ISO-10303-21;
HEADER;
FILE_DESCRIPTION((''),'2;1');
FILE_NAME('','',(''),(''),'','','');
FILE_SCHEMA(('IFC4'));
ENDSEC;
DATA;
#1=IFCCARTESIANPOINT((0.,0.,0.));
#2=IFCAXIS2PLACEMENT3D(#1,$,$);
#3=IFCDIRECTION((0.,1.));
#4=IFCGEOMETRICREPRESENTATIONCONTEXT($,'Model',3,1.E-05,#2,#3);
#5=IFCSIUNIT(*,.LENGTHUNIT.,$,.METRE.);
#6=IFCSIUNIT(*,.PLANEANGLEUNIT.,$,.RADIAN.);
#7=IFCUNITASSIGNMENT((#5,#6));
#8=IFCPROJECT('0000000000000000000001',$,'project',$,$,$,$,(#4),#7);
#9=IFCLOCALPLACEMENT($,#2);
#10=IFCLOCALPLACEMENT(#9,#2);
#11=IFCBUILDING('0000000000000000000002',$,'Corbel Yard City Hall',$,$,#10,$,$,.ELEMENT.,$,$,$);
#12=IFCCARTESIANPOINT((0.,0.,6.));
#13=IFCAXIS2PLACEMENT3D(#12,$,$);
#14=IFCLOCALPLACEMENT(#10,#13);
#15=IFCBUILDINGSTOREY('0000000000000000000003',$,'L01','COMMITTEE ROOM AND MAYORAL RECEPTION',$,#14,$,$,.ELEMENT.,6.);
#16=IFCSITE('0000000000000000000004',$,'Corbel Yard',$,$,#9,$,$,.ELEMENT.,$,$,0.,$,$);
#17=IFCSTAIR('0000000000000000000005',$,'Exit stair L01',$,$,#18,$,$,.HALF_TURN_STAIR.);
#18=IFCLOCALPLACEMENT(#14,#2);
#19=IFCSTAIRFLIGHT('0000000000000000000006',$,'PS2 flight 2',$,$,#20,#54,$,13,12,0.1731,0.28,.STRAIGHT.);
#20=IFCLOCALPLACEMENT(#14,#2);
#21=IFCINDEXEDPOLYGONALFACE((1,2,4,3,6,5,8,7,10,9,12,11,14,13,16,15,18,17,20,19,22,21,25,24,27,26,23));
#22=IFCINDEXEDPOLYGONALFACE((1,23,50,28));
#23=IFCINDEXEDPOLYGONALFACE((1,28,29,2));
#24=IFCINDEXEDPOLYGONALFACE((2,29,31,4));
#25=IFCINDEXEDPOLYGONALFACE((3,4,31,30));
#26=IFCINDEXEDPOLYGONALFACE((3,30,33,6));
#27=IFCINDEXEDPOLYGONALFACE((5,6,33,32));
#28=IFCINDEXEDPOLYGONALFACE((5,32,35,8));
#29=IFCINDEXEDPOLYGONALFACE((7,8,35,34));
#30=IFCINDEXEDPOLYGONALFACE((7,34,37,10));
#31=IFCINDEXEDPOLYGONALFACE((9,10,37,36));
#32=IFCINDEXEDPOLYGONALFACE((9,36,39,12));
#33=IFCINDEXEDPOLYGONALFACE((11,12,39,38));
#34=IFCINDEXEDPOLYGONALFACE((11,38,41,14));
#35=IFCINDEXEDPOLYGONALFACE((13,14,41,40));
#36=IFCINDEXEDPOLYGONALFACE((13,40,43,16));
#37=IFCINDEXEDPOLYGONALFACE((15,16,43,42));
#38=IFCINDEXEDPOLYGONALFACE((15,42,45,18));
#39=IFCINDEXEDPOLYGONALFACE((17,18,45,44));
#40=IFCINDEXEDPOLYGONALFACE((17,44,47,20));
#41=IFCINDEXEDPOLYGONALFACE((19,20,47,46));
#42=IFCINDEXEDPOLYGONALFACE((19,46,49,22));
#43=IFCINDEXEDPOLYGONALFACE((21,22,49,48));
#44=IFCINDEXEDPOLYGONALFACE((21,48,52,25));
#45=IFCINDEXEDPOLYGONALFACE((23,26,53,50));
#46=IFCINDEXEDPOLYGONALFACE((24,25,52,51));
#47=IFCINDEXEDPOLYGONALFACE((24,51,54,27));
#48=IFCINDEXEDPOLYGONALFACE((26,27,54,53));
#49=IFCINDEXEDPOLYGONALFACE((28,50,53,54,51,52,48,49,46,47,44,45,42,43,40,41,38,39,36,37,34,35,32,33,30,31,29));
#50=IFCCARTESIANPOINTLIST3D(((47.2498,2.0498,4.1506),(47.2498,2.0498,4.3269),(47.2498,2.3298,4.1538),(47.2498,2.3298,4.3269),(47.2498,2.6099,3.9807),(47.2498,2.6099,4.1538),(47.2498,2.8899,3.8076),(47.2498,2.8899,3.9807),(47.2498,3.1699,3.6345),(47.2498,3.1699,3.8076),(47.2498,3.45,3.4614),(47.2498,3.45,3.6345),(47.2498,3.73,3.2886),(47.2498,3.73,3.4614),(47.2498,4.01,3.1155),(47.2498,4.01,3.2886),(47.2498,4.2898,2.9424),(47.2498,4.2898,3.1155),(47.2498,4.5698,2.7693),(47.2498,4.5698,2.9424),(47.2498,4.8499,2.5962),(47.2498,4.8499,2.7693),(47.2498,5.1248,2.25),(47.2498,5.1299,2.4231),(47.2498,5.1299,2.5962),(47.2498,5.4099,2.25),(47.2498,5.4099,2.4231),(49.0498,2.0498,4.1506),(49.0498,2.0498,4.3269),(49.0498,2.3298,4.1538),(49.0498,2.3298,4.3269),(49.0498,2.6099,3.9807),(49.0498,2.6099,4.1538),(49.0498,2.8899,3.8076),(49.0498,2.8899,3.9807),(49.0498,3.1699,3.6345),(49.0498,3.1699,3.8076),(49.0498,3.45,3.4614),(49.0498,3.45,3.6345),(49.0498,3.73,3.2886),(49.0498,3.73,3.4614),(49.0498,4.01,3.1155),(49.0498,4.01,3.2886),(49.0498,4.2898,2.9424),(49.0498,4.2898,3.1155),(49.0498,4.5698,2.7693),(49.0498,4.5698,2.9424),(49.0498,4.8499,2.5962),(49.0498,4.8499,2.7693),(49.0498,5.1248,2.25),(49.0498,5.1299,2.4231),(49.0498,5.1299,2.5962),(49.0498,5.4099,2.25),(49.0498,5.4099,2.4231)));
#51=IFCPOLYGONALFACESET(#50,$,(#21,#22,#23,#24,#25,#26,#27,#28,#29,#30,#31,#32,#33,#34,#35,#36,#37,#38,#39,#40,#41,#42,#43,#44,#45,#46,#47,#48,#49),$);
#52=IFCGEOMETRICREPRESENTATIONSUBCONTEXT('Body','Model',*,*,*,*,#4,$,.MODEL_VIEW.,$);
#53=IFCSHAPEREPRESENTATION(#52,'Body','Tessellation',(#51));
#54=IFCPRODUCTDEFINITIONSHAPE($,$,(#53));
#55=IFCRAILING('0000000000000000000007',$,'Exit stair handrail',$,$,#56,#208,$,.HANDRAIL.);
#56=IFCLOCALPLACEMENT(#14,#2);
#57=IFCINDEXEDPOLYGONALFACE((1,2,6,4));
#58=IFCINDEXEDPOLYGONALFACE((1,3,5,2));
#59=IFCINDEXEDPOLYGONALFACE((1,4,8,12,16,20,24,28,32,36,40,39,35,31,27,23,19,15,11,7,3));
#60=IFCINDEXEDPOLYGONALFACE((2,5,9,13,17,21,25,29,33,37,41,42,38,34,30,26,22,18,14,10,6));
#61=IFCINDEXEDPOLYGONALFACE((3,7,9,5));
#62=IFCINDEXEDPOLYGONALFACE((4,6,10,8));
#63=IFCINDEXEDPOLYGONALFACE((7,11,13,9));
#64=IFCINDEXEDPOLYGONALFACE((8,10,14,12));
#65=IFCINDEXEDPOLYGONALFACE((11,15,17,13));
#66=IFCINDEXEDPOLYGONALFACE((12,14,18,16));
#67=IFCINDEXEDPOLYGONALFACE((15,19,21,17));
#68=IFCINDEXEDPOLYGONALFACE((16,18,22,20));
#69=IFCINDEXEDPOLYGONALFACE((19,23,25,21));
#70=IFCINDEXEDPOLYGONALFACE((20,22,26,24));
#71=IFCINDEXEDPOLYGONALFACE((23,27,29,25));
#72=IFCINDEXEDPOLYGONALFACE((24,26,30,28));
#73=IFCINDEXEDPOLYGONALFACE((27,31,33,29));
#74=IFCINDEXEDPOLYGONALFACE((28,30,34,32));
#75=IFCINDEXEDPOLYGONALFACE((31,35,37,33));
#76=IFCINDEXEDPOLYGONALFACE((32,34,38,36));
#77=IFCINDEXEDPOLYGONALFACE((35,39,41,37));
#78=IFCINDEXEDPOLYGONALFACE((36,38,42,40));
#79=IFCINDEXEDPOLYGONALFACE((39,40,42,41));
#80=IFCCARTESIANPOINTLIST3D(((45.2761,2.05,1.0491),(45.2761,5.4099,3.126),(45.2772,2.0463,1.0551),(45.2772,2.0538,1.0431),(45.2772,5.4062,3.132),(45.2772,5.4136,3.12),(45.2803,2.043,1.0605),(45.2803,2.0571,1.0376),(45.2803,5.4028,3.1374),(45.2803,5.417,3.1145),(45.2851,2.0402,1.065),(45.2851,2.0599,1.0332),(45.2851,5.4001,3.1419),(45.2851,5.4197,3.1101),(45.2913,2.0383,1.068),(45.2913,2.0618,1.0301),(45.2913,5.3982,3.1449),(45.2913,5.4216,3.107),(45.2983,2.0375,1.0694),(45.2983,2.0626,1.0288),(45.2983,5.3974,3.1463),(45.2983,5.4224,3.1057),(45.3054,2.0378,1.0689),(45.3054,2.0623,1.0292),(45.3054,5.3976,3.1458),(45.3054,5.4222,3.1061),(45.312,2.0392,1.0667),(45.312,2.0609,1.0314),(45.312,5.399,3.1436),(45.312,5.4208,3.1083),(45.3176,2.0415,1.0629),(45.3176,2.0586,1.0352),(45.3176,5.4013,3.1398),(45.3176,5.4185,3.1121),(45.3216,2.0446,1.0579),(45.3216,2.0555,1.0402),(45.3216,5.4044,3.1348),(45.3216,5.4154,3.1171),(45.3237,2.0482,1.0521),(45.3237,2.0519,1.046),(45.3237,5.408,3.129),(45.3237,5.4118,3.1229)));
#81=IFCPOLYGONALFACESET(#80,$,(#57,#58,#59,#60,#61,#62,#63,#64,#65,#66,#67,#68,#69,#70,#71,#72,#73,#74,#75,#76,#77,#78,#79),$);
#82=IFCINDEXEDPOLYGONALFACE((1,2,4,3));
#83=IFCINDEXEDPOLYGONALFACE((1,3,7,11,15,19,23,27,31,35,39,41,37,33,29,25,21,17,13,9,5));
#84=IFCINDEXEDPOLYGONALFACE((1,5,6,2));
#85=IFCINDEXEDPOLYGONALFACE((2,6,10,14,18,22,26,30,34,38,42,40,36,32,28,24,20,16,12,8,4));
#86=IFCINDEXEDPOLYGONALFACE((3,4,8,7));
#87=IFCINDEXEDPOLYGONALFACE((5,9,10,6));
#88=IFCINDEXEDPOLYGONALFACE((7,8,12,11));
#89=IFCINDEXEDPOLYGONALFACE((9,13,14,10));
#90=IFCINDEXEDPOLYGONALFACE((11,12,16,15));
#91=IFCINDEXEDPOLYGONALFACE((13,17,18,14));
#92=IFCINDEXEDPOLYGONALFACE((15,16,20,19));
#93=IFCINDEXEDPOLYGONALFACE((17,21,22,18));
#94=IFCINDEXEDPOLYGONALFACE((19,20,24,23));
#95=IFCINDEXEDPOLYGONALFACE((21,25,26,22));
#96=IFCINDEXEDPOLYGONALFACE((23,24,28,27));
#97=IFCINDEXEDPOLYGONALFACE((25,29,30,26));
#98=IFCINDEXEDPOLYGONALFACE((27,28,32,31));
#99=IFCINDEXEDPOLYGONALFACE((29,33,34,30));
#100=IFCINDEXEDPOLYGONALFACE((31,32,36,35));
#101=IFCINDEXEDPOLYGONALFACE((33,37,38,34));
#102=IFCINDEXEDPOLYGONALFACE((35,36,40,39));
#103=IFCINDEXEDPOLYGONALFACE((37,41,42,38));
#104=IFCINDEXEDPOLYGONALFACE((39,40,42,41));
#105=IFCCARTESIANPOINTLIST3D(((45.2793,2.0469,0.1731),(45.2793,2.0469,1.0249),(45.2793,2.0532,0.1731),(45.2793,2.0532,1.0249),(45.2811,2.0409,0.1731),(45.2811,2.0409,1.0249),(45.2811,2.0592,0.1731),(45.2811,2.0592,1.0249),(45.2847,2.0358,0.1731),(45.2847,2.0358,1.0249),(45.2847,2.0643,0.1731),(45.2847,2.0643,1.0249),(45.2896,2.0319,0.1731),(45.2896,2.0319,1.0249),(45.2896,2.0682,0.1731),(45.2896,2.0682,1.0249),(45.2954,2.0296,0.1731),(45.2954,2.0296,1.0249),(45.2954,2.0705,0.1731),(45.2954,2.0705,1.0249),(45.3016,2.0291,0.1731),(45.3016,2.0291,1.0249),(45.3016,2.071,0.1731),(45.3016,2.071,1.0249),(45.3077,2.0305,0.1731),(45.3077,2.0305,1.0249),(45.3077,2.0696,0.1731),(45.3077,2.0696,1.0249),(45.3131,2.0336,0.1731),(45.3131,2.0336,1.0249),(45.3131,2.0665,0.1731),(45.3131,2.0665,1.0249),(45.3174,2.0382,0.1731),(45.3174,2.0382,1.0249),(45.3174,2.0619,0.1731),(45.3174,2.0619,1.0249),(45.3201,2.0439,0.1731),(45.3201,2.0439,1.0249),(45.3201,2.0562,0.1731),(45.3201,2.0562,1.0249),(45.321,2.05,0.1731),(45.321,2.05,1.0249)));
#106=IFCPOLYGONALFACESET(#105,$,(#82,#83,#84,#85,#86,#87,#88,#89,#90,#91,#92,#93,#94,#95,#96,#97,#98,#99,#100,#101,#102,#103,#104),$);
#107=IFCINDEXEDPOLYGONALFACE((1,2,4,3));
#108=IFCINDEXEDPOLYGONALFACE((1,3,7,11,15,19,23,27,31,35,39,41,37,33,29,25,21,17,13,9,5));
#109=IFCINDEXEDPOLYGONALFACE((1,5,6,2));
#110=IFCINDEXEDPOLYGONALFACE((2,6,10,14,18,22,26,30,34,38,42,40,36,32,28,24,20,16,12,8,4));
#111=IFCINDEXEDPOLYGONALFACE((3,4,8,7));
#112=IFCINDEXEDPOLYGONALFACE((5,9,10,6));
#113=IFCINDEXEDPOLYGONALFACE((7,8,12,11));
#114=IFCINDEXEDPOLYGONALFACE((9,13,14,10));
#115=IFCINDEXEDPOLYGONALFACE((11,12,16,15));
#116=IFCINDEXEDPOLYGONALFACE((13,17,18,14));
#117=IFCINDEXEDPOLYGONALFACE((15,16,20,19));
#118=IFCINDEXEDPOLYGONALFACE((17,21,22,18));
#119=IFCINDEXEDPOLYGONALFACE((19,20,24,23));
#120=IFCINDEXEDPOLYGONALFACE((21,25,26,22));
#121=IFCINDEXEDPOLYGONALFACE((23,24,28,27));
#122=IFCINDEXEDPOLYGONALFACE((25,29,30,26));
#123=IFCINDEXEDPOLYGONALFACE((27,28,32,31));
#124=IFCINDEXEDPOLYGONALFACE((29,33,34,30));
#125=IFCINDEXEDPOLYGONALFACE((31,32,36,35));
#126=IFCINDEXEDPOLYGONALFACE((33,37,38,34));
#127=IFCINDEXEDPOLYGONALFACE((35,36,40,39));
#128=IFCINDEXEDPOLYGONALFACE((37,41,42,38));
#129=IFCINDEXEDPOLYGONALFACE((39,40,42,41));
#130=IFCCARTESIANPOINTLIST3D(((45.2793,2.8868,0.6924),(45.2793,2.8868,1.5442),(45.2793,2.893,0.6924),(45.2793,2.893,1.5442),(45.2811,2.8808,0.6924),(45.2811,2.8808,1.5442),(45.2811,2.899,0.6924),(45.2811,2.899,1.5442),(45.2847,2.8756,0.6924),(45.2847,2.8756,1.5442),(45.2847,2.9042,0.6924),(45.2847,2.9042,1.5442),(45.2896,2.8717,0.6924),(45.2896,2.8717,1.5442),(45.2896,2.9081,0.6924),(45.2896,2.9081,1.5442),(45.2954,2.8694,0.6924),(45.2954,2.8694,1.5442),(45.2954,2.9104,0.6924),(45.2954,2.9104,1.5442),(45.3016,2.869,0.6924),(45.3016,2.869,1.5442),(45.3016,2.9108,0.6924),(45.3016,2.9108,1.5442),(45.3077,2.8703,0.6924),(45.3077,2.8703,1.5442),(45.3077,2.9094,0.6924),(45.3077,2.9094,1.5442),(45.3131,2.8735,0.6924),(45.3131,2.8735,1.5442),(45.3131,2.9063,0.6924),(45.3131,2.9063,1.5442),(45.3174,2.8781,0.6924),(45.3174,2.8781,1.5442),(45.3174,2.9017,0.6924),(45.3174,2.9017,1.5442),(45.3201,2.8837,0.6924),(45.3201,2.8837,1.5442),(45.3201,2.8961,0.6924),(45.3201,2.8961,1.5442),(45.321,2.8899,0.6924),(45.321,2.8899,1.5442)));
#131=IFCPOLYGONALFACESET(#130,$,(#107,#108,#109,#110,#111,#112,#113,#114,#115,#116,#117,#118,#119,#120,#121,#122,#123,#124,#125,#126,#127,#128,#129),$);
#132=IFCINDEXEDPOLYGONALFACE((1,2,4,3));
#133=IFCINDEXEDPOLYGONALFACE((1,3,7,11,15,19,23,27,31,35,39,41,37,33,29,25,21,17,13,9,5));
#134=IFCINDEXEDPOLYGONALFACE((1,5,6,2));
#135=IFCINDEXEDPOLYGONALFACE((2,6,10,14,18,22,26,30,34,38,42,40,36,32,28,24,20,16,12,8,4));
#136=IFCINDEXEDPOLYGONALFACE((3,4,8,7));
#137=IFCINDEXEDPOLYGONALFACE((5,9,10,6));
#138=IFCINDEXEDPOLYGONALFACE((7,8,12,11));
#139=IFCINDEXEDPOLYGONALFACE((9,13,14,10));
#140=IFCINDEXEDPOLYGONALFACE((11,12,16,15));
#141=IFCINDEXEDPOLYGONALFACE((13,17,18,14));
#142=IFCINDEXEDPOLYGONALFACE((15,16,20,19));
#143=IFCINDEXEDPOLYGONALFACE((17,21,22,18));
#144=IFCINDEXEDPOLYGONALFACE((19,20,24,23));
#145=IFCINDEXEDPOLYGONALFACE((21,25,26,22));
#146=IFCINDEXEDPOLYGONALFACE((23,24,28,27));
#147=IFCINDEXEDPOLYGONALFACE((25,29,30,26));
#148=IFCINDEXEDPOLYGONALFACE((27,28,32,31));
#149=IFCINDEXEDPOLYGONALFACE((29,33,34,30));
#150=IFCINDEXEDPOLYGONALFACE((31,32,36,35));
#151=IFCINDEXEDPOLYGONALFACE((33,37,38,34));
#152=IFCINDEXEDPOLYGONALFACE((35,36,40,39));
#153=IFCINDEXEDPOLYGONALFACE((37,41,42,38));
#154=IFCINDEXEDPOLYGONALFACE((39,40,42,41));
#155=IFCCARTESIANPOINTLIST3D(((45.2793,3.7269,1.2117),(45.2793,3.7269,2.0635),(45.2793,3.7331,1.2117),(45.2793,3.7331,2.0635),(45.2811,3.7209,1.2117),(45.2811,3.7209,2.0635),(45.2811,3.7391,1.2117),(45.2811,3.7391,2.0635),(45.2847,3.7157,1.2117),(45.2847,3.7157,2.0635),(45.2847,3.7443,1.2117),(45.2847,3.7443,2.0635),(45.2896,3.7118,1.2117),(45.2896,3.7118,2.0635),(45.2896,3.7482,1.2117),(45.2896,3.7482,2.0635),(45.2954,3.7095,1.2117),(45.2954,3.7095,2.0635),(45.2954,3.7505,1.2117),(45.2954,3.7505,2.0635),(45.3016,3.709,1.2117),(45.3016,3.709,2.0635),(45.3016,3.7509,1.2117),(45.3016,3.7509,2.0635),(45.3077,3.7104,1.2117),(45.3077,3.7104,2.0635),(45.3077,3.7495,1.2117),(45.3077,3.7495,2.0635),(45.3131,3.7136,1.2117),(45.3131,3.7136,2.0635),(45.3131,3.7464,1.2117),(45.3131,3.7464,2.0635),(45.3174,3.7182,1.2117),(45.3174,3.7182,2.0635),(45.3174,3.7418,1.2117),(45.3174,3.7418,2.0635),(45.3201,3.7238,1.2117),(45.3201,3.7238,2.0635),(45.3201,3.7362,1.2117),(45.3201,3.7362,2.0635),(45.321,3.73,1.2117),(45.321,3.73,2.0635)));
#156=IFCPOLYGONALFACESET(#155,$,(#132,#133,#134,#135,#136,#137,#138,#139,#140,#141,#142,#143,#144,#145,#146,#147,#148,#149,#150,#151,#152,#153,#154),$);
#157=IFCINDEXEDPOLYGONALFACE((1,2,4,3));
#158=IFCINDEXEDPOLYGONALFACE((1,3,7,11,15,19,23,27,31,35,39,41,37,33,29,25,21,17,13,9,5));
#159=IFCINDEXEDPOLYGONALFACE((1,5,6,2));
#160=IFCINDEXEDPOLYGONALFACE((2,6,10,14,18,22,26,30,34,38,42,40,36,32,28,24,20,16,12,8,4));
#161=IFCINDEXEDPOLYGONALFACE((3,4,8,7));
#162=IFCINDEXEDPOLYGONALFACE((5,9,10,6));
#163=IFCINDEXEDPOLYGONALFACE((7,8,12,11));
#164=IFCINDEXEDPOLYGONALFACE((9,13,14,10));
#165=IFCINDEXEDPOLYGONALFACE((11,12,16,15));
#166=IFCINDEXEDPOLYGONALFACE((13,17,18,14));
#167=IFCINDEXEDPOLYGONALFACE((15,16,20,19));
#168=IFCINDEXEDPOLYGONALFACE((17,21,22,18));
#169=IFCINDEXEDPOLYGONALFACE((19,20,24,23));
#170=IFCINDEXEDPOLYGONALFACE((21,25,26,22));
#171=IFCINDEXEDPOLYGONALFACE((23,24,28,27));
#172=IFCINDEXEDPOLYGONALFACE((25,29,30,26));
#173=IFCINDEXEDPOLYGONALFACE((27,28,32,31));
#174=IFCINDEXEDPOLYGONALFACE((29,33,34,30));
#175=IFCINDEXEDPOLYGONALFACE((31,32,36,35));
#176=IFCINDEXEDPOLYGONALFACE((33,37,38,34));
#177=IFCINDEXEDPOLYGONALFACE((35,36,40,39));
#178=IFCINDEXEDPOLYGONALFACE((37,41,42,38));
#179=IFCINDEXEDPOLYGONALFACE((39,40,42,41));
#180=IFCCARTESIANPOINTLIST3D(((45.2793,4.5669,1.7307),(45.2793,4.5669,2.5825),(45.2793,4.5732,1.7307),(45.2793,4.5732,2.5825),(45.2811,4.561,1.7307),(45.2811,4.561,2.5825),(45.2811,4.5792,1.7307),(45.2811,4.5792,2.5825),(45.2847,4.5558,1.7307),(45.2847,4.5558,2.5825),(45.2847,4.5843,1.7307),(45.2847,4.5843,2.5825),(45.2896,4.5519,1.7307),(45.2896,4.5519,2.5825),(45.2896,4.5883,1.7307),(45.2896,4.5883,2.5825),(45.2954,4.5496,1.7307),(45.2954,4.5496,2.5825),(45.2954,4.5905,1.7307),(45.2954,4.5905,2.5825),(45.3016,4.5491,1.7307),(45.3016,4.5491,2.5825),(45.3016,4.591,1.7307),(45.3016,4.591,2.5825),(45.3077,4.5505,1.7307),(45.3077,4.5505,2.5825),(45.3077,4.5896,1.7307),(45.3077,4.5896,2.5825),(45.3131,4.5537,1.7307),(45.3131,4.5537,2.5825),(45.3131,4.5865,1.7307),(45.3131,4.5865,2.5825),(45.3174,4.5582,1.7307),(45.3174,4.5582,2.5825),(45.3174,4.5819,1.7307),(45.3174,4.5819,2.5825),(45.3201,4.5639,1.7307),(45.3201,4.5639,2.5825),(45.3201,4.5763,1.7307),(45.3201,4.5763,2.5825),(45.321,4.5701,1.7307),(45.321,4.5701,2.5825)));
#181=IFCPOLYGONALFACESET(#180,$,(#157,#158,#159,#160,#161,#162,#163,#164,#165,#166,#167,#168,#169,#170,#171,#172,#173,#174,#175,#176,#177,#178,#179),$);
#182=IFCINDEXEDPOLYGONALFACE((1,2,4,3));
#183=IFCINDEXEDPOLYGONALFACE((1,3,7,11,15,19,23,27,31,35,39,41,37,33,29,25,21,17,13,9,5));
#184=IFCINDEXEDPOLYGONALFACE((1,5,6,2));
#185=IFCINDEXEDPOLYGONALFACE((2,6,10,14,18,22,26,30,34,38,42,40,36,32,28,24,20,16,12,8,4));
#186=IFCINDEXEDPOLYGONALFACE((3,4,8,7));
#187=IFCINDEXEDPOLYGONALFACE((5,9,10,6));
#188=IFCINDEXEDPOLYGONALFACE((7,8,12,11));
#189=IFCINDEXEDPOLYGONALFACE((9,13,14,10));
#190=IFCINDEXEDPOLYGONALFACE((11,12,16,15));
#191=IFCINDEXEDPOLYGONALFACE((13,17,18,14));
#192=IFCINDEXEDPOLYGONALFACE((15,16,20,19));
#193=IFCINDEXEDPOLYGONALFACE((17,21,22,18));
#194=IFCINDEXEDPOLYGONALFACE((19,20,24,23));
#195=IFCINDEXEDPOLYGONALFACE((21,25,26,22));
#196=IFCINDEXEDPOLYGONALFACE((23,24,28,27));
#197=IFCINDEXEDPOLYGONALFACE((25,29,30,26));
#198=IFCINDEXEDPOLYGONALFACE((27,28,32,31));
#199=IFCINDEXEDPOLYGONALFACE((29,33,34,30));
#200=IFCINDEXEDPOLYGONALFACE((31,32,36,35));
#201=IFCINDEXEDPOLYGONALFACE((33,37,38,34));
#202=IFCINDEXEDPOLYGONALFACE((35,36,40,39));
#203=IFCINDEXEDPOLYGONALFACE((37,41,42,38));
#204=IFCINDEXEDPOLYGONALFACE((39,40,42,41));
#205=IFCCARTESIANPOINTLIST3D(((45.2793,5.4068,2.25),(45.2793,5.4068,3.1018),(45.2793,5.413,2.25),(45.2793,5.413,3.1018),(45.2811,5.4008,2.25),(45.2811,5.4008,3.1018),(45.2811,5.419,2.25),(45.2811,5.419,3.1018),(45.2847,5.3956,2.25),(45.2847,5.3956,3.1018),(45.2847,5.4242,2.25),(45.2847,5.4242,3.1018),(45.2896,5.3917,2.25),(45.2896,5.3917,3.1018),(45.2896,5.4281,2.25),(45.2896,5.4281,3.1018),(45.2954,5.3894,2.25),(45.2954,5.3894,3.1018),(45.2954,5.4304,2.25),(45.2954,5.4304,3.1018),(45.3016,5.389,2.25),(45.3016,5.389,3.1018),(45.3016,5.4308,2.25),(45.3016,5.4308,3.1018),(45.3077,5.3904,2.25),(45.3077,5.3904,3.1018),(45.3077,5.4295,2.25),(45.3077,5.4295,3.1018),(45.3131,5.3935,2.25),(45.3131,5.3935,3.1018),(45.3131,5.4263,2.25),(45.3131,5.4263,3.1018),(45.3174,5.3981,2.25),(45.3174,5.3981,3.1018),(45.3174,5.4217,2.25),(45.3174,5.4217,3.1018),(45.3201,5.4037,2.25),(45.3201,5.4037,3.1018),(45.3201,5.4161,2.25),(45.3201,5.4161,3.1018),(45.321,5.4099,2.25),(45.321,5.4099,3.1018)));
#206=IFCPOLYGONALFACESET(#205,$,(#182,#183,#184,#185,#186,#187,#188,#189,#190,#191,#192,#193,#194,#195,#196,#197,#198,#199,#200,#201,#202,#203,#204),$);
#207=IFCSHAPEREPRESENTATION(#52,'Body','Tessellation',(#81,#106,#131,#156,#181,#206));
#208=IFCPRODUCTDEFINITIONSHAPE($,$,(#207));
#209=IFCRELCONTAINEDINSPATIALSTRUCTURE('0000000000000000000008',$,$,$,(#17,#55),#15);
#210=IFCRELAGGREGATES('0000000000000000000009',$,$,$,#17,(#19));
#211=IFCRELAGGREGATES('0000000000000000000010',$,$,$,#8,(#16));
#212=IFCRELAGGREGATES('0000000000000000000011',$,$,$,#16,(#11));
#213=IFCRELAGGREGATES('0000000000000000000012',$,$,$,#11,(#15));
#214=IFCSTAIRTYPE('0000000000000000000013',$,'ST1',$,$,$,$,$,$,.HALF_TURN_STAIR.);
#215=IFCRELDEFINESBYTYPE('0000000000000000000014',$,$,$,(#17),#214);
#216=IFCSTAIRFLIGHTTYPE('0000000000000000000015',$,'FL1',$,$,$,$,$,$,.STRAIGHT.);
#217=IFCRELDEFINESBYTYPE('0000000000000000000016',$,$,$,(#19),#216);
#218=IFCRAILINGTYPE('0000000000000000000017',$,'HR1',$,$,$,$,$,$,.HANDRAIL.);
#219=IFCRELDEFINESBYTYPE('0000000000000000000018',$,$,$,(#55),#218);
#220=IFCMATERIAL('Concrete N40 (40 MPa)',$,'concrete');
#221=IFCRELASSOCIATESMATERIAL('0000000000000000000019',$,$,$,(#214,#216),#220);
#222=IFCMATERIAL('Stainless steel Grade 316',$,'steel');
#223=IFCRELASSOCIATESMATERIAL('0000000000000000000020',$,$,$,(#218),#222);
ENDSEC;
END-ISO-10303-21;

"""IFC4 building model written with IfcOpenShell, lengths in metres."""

from ifc_helpers import new_model, si_unit, direction, frame, origin, origin_2d, place, context, subcontext, project, spatial, polyline, circle, outline, extrude, material, type_object, element, aggregate, save


model = new_model("IFC4")

# Units and contexts
model_context = context("Model", 3, precision=1e-05, world=origin(), true_north=direction((0.0, 1.0)))
body_context = subcontext(model_context, "Body", "Model", "MODEL_VIEW")
ifc_project = project(units=[si_unit("LENGTHUNIT", "METRE"), si_unit("PLANEANGLEUNIT", "RADIAN")], contexts=[model_context])

# Site, building, storey
site_placement = place(None, origin())
site = spatial("IfcSite", under=ifc_project, at=site_placement, Name="Corbel Yard", CompositionType="ELEMENT", RefElevation=0.0)
building_placement = place(site_placement, origin())
building = spatial("IfcBuilding", under=site, at=building_placement, Name="Corbel Yard City Hall", CompositionType="ELEMENT")
storey_placement = place(building_placement, frame((0.0, 0.0, 6.0)))
storey = spatial("IfcBuildingStorey", under=building, at=storey_placement, Name="L01", Description="COMMITTEE ROOM AND MAYORAL RECEPTION", CompositionType="ELEMENT", Elevation=6.0)

# Shared definitions
ifc_material_1 = material(Name="Concrete N40 (40 MPa)", Category="concrete")
ifc_material_2 = material(Name="Stainless steel Grade 316", Category="steel")

# Stair, stair flight
stair_type = type_object("IfcStairType", Name="ST1", PredefinedType="HALF_TURN_STAIR", material=ifc_material_1)
stair_placement = place(storey_placement, origin())
stair = element("IfcStair", 1, at=stair_placement, inside=storey, type_object=stair_type, Name="Exit stair L01", PredefinedType="HALF_TURN_STAIR")
stair_flight_type = type_object("IfcStairFlightType", Name="FL1", PredefinedType="STRAIGHT", material=ifc_material_1)
stair_flight_1_placement = place(storey_placement, frame((48.1499, 5.4099, 2.25), z_axis=(0.0, 0.0, 1.0), x_axis=(0.0, -1.0, 0.0)))
stair_flight_1 = element("IfcStairFlight", 2, at=stair_flight_1_placement, type_object=stair_flight_type, Name="PS2 flight 2", NumberOfRisers=13, NumberOfTreads=12, PredefinedType="STRAIGHT", RiserHeight=0.1731, TreadLength=0.28, context=body_context, shape_type="SweptSolid", body=[
    extrude(outline(polyline([(0.0, 0.0), (0.0, 0.1731), (0.28, 0.1731), (0.28, 0.3462), (0.5601, 0.3462), (0.5601, 0.5193), (0.8401, 0.5193), (0.8401, 0.6924), (1.1201, 0.6924), (1.1201, 0.8655), (1.3999, 0.8655), (1.3999, 1.0386), (1.6799, 1.0386), (1.6799, 1.2114), (1.96, 1.2114), (1.96, 1.3845), (2.24, 1.3845), (2.24, 1.5576), (2.52, 1.5576), (2.52, 1.7307), (2.8, 1.7307), (2.8, 1.9038), (3.0801, 1.9038), (3.0801, 2.0769), (3.3601, 2.0769), (3.3601, 2.25), (3.3601, 1.9006), (0.2852, 0.0), (0.0, 0.0)])), frame((0.0, 0.8999, 0.0), z_axis=(0.0, -1.0, 0.0), x_axis=(1.0, 0.0, 0.0)), (0.0, 0.0, 1.0), 1.8),
])
aggregate(stair, [stair_flight_1])

# Railing
railing_type = type_object("IfcRailingType", Name="HR1", PredefinedType="HANDRAIL", material=ifc_material_2)
for number, where, name in (
    (3, (45.3, 2.05, 0.1731), "Exit stair handrail"),
):
    element("IfcRailing", number, at=place(storey_placement, frame(where)), inside=storey, type_object=railing_type, Name=name, PredefinedType="HANDRAIL", context=body_context, shape_type="SweptSolid", body=[
        extrude(circle(Radius=0.0239, at=origin_2d()), frame((0.0, 0.0, 0.876), z_axis=(0.0, 0.850606, 0.525803), x_axis=(-1.0, 0.0, 0.0)), (0.0, 0.0, 1.0), 3.95),
        extrude(circle(Radius=0.021, at=origin_2d()), origin(), (0.0, 0.0, 1.0), 0.8518),
        extrude(circle(Radius=0.021, at=origin_2d()), frame((0.0, 0.8398, 0.5193)), (0.0, 0.0, 1.0), 0.8518),
        extrude(circle(Radius=0.021, at=origin_2d()), frame((0.0, 1.6799, 1.0386)), (0.0, 0.0, 1.0), 0.8518),
        extrude(circle(Radius=0.021, at=origin_2d()), frame((0.0, 2.52, 1.5576)), (0.0, 0.0, 1.0), 0.8518),
        extrude(circle(Radius=0.021, at=origin_2d()), frame((0.0, 3.3599, 2.0769)), (0.0, 0.0, 1.0), 0.8518),
    ])

save(model, "model.ifc")
